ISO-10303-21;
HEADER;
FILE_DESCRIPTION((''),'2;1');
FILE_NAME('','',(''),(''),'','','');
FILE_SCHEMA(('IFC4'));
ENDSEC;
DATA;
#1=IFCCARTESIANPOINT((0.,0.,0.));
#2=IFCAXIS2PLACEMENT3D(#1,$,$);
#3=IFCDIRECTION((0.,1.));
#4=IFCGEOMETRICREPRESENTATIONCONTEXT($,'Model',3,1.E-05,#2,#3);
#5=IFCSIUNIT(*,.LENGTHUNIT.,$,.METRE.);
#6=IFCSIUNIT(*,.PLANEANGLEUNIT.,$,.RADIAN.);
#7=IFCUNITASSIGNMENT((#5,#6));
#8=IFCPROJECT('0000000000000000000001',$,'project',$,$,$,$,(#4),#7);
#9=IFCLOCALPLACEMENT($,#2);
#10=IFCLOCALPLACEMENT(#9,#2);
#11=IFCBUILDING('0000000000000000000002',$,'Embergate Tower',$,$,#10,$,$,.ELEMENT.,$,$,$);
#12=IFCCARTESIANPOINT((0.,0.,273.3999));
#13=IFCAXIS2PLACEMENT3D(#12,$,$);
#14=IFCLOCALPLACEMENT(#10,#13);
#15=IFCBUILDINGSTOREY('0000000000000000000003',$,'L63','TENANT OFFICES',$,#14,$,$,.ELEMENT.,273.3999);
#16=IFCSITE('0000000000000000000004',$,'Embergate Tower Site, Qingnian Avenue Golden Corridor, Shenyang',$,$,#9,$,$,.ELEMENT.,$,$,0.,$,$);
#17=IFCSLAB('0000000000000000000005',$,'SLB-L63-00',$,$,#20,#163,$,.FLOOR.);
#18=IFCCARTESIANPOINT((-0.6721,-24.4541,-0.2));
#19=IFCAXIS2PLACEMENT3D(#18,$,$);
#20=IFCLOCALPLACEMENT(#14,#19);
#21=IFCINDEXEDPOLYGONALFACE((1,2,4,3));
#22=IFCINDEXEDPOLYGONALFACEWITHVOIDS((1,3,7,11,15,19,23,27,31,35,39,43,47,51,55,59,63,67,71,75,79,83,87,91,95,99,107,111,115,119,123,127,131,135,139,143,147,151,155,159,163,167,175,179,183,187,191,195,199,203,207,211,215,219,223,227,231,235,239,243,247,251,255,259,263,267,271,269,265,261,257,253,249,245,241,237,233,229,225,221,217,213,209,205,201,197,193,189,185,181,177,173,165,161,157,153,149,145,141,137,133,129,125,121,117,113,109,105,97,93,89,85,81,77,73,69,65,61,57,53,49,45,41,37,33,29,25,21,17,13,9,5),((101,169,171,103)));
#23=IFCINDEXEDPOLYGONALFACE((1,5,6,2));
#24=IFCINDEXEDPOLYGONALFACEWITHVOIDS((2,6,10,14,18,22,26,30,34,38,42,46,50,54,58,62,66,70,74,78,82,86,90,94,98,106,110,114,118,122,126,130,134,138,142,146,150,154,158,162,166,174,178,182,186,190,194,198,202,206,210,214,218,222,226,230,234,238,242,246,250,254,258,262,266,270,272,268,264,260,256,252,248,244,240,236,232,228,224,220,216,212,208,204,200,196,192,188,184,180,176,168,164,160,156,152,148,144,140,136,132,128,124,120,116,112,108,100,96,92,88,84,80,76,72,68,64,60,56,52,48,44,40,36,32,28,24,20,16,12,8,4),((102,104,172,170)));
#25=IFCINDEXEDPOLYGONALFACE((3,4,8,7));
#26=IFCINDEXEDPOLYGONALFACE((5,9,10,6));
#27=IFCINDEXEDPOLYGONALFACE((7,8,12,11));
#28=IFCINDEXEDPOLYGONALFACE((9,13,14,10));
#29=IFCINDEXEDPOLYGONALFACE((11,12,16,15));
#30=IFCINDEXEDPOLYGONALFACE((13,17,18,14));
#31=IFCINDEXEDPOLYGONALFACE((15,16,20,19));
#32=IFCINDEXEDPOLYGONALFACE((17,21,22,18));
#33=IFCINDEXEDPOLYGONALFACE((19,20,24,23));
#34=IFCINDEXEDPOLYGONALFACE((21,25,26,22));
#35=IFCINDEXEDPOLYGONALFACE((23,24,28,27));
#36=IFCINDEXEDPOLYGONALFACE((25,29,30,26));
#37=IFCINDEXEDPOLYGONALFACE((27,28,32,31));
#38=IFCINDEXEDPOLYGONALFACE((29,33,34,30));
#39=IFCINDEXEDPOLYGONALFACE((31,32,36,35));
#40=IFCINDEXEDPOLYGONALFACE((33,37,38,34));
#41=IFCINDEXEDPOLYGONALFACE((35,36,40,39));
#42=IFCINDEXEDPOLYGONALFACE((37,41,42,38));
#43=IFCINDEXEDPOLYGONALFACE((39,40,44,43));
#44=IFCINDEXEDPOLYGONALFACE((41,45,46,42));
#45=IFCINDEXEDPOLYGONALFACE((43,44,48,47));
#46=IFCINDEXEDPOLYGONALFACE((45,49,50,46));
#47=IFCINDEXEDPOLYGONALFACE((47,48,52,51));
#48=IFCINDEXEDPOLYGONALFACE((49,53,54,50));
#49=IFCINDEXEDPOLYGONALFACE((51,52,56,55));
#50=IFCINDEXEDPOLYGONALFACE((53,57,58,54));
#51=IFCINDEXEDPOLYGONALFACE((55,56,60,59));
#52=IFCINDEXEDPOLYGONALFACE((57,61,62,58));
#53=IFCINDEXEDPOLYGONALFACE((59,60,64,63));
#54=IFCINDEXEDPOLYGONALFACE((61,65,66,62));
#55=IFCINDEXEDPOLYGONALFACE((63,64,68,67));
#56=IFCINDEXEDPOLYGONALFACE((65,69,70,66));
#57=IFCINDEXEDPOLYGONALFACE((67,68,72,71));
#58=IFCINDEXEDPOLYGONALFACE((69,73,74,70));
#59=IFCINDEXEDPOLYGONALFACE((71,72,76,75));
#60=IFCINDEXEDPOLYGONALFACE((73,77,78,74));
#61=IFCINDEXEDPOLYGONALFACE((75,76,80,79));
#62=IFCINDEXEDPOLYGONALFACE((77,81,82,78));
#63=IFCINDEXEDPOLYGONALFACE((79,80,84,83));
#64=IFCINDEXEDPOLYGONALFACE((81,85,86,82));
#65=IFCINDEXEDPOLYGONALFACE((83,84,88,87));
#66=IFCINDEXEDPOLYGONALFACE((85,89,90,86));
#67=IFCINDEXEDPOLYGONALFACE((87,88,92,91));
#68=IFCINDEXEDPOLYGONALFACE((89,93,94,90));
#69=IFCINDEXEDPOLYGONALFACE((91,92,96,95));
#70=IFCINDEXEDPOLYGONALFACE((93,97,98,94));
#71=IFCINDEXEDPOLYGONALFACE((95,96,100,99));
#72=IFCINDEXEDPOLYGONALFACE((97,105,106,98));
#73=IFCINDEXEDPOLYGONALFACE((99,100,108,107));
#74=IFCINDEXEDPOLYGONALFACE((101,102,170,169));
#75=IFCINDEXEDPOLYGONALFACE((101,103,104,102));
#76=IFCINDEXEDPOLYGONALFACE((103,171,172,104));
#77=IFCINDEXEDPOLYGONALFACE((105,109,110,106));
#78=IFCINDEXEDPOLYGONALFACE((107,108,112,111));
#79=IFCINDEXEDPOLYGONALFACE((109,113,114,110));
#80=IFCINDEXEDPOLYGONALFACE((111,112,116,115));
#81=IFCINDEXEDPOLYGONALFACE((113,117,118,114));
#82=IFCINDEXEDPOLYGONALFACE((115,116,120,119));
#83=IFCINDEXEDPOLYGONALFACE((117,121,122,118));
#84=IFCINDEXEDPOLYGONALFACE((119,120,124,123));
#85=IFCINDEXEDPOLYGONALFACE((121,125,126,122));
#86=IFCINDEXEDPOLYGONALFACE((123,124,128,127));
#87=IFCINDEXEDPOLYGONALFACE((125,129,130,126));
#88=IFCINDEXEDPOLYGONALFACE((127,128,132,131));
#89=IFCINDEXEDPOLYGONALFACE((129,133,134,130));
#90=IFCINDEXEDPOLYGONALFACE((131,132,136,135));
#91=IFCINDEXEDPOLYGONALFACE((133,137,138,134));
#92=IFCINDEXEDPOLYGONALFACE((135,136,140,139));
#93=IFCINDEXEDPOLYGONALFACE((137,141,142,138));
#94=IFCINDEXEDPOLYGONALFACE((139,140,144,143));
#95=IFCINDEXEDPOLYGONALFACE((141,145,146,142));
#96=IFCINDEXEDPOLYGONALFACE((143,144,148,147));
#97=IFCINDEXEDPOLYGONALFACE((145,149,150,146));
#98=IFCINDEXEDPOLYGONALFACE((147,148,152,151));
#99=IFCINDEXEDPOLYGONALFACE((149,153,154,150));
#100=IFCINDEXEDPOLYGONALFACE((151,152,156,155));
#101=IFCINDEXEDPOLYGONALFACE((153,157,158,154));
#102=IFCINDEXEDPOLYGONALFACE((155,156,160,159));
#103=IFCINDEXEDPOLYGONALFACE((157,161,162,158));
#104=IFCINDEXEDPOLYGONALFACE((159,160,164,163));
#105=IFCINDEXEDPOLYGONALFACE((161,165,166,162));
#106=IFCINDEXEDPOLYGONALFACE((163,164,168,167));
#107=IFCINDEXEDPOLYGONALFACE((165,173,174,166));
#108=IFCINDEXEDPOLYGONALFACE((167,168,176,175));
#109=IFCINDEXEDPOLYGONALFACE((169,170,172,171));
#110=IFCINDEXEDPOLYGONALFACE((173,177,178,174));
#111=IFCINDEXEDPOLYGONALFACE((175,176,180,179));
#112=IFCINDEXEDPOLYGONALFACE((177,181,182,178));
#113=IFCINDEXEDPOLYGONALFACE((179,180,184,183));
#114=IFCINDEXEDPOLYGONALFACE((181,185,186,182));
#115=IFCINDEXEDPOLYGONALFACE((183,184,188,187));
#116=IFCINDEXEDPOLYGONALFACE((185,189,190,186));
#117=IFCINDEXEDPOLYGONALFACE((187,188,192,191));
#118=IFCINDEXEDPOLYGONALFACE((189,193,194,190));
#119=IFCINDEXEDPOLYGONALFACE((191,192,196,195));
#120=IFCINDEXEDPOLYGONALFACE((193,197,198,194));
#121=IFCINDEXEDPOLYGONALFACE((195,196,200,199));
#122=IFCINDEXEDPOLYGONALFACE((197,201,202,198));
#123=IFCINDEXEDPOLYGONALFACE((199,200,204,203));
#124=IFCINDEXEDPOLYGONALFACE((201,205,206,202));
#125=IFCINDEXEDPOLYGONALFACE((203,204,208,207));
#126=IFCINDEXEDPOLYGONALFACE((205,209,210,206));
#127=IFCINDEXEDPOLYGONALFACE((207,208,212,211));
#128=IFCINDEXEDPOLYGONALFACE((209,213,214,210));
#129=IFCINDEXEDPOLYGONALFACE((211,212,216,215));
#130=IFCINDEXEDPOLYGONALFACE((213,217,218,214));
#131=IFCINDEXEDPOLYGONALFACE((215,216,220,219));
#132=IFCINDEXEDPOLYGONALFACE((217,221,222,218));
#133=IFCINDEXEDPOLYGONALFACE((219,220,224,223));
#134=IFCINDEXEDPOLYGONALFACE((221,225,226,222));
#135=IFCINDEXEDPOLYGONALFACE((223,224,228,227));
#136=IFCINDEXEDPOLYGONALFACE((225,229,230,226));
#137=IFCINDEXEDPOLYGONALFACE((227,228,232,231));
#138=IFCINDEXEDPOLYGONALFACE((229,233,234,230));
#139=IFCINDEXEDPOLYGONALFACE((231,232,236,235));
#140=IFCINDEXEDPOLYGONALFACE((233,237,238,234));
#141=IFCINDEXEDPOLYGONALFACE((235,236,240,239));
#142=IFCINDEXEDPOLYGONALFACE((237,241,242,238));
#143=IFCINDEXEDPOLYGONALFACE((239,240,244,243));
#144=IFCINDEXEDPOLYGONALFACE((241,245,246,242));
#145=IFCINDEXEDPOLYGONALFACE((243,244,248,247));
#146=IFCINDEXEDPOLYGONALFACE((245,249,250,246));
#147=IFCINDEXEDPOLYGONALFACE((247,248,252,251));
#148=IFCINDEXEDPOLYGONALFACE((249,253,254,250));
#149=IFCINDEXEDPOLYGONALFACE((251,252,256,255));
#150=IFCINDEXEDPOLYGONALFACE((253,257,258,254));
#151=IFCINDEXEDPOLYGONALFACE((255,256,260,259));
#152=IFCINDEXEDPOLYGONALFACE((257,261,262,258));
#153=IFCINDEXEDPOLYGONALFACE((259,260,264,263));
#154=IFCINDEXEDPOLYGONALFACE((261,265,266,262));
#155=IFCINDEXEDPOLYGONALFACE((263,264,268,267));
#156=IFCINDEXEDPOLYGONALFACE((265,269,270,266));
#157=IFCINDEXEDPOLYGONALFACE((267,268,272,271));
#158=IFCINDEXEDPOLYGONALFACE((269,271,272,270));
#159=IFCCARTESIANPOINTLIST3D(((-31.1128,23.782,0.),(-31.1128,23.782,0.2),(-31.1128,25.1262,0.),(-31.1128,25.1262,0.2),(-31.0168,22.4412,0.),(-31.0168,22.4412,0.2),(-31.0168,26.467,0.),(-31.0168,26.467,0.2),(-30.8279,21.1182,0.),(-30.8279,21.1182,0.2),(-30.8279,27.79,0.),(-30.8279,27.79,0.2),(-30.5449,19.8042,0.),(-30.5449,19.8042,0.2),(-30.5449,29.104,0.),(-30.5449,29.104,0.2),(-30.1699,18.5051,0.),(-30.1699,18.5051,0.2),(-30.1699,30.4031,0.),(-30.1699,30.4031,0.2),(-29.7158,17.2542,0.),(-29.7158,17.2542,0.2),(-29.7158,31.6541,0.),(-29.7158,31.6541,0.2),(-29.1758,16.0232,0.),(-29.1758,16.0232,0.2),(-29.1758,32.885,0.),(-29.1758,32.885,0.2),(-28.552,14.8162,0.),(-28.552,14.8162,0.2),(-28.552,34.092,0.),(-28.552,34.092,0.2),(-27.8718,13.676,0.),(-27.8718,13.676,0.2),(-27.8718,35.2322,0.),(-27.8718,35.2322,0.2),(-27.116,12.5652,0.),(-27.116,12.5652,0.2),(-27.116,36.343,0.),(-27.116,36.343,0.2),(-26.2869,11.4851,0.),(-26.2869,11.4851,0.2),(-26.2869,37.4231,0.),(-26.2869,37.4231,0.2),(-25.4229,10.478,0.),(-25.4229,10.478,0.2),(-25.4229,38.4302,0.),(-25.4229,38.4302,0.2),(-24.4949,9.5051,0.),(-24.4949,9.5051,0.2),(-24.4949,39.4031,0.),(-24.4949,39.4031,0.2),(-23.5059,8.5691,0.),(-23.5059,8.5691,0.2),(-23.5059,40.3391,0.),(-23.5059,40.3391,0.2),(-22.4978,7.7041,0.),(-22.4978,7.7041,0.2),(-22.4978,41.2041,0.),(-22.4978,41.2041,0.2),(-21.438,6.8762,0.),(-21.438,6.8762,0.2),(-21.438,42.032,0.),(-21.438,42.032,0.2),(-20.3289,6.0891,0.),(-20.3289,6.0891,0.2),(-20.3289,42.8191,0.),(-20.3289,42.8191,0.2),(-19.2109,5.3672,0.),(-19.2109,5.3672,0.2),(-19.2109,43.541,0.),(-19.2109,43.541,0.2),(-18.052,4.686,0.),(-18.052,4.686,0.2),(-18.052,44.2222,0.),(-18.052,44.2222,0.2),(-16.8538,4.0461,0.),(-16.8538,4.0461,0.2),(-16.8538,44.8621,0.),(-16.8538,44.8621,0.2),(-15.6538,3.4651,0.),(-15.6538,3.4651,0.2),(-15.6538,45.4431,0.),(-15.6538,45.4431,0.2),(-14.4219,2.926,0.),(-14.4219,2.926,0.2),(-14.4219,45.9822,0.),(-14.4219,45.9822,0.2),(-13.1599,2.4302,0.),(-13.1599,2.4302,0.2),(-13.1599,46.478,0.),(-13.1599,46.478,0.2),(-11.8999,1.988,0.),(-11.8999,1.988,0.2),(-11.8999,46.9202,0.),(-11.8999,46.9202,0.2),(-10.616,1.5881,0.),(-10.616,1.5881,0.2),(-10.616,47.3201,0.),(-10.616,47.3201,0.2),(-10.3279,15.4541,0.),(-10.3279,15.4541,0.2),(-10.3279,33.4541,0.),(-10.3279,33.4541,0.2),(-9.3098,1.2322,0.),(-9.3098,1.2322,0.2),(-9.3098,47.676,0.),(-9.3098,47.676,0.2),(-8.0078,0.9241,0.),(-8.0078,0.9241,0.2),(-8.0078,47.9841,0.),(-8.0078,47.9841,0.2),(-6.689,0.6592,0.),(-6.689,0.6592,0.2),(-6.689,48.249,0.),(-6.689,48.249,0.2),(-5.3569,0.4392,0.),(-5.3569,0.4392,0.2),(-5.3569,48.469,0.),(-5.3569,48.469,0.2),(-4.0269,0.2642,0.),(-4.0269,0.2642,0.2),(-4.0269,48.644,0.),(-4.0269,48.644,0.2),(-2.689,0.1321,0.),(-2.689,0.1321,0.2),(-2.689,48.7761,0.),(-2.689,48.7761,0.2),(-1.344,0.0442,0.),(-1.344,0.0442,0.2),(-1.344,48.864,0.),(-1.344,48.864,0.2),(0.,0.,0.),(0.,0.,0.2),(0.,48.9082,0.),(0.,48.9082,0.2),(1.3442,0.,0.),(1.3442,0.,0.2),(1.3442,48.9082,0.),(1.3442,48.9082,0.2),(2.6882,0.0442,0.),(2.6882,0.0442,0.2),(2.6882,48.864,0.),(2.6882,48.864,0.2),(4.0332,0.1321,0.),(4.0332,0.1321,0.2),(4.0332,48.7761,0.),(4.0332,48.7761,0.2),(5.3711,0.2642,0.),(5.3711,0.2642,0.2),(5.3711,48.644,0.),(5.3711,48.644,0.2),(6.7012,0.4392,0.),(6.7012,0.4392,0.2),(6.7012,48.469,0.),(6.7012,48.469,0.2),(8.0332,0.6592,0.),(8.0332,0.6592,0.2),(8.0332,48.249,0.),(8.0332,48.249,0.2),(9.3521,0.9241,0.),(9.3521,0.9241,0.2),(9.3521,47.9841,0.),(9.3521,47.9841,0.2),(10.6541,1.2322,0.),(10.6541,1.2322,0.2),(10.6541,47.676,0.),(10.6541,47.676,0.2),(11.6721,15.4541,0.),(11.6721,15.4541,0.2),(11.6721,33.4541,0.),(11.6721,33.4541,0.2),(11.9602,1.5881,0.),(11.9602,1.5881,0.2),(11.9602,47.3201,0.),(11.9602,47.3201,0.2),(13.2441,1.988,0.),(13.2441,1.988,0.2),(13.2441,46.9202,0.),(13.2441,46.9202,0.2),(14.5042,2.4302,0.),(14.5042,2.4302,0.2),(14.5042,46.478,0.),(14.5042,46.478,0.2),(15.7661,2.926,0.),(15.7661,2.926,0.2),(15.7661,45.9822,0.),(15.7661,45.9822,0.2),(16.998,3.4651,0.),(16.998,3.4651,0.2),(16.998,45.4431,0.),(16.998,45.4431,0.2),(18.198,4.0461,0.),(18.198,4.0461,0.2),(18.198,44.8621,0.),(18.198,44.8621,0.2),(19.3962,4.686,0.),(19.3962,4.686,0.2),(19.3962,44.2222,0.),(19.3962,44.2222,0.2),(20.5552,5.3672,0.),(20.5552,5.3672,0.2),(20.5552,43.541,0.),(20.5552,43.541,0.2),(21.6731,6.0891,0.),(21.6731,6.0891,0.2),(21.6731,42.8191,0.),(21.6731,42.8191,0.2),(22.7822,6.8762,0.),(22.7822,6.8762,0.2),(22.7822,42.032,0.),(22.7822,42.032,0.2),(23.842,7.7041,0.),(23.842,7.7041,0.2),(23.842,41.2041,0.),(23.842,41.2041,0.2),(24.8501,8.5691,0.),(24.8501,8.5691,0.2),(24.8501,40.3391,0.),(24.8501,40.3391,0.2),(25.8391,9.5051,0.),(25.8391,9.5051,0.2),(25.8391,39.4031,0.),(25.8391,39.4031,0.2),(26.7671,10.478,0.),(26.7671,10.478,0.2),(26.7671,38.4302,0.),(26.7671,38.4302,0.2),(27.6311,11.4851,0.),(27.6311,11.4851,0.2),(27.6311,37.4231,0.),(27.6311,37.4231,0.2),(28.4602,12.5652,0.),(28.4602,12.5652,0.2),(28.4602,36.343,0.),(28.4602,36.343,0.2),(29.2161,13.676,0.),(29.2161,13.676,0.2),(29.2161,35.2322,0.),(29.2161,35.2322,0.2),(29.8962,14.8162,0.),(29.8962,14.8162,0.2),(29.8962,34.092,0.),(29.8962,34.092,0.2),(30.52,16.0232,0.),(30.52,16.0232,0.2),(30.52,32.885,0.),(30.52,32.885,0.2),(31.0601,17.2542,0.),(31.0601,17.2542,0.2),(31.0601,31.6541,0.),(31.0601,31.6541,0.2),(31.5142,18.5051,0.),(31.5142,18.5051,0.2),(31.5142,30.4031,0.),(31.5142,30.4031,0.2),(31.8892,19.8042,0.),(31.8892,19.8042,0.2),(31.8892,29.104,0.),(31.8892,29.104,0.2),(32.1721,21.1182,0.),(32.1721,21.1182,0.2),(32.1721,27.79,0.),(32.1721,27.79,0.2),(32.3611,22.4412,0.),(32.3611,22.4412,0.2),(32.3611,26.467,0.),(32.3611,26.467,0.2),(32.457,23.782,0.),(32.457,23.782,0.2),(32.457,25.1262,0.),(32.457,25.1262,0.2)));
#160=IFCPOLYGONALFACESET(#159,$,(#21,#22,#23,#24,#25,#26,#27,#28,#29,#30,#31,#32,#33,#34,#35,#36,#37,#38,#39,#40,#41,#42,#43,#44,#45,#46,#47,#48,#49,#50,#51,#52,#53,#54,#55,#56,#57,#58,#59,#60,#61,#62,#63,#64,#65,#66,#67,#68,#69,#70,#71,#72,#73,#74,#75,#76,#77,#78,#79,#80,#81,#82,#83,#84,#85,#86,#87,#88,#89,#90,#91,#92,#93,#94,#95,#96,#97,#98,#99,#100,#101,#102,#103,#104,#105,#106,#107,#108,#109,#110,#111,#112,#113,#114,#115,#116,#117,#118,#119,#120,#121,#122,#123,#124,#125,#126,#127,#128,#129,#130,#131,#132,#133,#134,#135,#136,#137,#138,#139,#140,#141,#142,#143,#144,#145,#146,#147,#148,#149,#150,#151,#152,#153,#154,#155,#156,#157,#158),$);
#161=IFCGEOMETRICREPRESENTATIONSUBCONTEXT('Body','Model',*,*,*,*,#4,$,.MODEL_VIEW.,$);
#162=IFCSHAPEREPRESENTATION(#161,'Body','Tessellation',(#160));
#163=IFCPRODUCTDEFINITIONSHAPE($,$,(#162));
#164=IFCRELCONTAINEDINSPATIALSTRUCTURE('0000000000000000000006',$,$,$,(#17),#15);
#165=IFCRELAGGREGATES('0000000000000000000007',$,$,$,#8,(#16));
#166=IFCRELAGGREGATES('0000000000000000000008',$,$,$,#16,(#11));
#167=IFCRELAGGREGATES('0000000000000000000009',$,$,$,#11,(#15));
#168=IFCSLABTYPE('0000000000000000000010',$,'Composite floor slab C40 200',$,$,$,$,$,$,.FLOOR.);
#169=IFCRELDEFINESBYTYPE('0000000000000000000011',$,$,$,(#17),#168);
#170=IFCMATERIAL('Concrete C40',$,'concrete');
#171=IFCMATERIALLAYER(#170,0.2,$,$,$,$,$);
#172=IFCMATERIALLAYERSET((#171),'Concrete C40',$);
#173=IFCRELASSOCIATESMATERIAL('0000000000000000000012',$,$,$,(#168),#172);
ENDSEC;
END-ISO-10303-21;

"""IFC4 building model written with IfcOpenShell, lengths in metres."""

from ifc_helpers import new_model, si_unit, direction, frame, origin, place, context, subcontext, project, spatial, polyline, outline, extrude, source, transform, mapped, material, layer, layer_set, type_object, element, save


model = new_model("IFC4")

# Units and contexts
model_context = context("Model", 3, precision=1e-05, world=origin(), true_north=direction((0.0, 1.0)))
body_context = subcontext(model_context, "Body", "Model", "MODEL_VIEW")
ifc_project = project(units=[si_unit("LENGTHUNIT", "METRE"), si_unit("PLANEANGLEUNIT", "RADIAN")], contexts=[model_context])

# Site, building, storey
site_placement = place(None, origin())
site = spatial("IfcSite", under=ifc_project, at=site_placement, Name="Embergate Tower Site, Qingnian Avenue Golden Corridor, Shenyang", CompositionType="ELEMENT", RefElevation=0.0)
building_placement = place(site_placement, origin())
building = spatial("IfcBuilding", under=site, at=building_placement, Name="Embergate Tower", CompositionType="ELEMENT")
storey_placement = place(building_placement, frame((0.0, 0.0, 273.3999)))
storey = spatial("IfcBuildingStorey", under=building, at=storey_placement, Name="L63", Description="TENANT OFFICES", CompositionType="ELEMENT", Elevation=273.3999)

# Slab
ifc_material_1 = material(Name="Concrete C40", Category="concrete")
ifc_layer_1 = layer(ifc_material_1, 0.2)
ifc_layer_set_1 = layer_set([ifc_layer_1], Name="Concrete C40")
slab_type = type_object("IfcSlabType", Name="Composite floor slab C40 200", PredefinedType="FLOOR", material=ifc_layer_set_1)
shared_shape_1 = source(origin(), body_context, "Body", "SweptSolid", [
    extrude(outline(polyline([(0.0, 0.0), (1.3442, 0.0), (2.6882, 0.0442), (4.0332, 0.1321), (5.3711, 0.2642), (6.7012, 0.4392), (8.0332, 0.6592), (9.3521, 0.9241), (10.6541, 1.2322), (11.9602, 1.5881), (13.2441, 1.988), (14.5042, 2.4302), (15.7661, 2.926), (16.998, 3.4651), (18.198, 4.0461), (19.3962, 4.686), (20.5552, 5.3672), (21.6731, 6.0891), (22.7822, 6.8762), (23.842, 7.7041), (24.8501, 8.5691), (25.8391, 9.5051), (26.7671, 10.478), (27.6311, 11.4851), (28.4602, 12.5652), (29.2161, 13.676), (29.8962, 14.8162), (30.52, 16.0232), (31.0601, 17.2542), (31.5142, 18.5051), (31.8892, 19.8042), (32.1721, 21.1182), (32.3611, 22.4412), (32.457, 23.782), (32.457, 25.1262), (32.3611, 26.467), (32.1721, 27.79), (31.8892, 29.104), (31.5142, 30.4031), (31.0601, 31.6541), (30.52, 32.885), (29.8962, 34.092), (29.2161, 35.2322), (28.4602, 36.343), (27.6311, 37.4231), (26.7671, 38.4302), (25.8391, 39.4031), (24.8501, 40.3391), (23.842, 41.2041), (22.7822, 42.032), (21.6731, 42.8191), (20.5552, 43.541), (19.3962, 44.2222), (18.198, 44.8621), (16.998, 45.4431), (15.7661, 45.9822), (14.5042, 46.478), (13.2441, 46.9202), (11.9602, 47.3201), (10.6541, 47.676), (9.3521, 47.9841), (8.0332, 48.249), (6.7012, 48.469), (5.3711, 48.644), (4.0332, 48.7761), (2.6882, 48.864), (1.3442, 48.9082), (0.0, 48.9082), (-1.344, 48.864), (-2.689, 48.7761), (-4.0269, 48.644), (-5.3569, 48.469), (-6.689, 48.249), (-8.0078, 47.9841), (-9.3098, 47.676), (-10.616, 47.3201), (-11.8999, 46.9202), (-13.1599, 46.478), (-14.4219, 45.9822), (-15.6538, 45.4431), (-16.8538, 44.8621), (-18.052, 44.2222), (-19.2109, 43.541), (-20.3289, 42.8191), (-21.438, 42.032), (-22.4978, 41.2041), (-23.5059, 40.3391), (-24.4949, 39.4031), (-25.4229, 38.4302), (-26.2869, 37.4231), (-27.116, 36.343), (-27.8718, 35.2322), (-28.552, 34.092), (-29.1758, 32.885), (-29.7158, 31.6541), (-30.1699, 30.4031), (-30.5449, 29.104), (-30.8279, 27.79), (-31.0168, 26.467), (-31.1128, 25.1262), (-31.1128, 23.782), (-31.0168, 22.4412), (-30.8279, 21.1182), (-30.5449, 19.8042), (-30.1699, 18.5051), (-29.7158, 17.2542), (-29.1758, 16.0232), (-28.552, 14.8162), (-27.8718, 13.676), (-27.116, 12.5652), (-26.2869, 11.4851), (-25.4229, 10.478), (-24.4949, 9.5051), (-23.5059, 8.5691), (-22.4978, 7.7041), (-21.438, 6.8762), (-20.3289, 6.0891), (-19.2109, 5.3672), (-18.052, 4.686), (-16.8538, 4.0461), (-15.6538, 3.4651), (-14.4219, 2.926), (-13.1599, 2.4302), (-11.8999, 1.988), (-10.616, 1.5881), (-9.3098, 1.2322), (-8.0078, 0.9241), (-6.689, 0.6592), (-5.3569, 0.4392), (-4.0269, 0.2642), (-2.689, 0.1321), (-1.344, 0.0442), (0.0, 0.0)]), holes=[polyline([(-10.3279, 15.4541), (-10.3279, 33.4541), (11.6721, 33.4541), (11.6721, 15.4541), (-10.3279, 15.4541)])]), origin(), (0.0, 0.0, 1.0), 0.2),
])
slab_placement = place(storey_placement, frame((-0.6721, -24.4541, -0.2)))
element("IfcSlab", 1, at=slab_placement, inside=storey, type_object=slab_type, Name="SLB-L63-00", PredefinedType="FLOOR", context=body_context, shape_type="MappedRepresentation", body=[
    mapped(shared_shape_1, transform((0.0, 0.0, 0.0))),
])

save(model, "model.ifc")
